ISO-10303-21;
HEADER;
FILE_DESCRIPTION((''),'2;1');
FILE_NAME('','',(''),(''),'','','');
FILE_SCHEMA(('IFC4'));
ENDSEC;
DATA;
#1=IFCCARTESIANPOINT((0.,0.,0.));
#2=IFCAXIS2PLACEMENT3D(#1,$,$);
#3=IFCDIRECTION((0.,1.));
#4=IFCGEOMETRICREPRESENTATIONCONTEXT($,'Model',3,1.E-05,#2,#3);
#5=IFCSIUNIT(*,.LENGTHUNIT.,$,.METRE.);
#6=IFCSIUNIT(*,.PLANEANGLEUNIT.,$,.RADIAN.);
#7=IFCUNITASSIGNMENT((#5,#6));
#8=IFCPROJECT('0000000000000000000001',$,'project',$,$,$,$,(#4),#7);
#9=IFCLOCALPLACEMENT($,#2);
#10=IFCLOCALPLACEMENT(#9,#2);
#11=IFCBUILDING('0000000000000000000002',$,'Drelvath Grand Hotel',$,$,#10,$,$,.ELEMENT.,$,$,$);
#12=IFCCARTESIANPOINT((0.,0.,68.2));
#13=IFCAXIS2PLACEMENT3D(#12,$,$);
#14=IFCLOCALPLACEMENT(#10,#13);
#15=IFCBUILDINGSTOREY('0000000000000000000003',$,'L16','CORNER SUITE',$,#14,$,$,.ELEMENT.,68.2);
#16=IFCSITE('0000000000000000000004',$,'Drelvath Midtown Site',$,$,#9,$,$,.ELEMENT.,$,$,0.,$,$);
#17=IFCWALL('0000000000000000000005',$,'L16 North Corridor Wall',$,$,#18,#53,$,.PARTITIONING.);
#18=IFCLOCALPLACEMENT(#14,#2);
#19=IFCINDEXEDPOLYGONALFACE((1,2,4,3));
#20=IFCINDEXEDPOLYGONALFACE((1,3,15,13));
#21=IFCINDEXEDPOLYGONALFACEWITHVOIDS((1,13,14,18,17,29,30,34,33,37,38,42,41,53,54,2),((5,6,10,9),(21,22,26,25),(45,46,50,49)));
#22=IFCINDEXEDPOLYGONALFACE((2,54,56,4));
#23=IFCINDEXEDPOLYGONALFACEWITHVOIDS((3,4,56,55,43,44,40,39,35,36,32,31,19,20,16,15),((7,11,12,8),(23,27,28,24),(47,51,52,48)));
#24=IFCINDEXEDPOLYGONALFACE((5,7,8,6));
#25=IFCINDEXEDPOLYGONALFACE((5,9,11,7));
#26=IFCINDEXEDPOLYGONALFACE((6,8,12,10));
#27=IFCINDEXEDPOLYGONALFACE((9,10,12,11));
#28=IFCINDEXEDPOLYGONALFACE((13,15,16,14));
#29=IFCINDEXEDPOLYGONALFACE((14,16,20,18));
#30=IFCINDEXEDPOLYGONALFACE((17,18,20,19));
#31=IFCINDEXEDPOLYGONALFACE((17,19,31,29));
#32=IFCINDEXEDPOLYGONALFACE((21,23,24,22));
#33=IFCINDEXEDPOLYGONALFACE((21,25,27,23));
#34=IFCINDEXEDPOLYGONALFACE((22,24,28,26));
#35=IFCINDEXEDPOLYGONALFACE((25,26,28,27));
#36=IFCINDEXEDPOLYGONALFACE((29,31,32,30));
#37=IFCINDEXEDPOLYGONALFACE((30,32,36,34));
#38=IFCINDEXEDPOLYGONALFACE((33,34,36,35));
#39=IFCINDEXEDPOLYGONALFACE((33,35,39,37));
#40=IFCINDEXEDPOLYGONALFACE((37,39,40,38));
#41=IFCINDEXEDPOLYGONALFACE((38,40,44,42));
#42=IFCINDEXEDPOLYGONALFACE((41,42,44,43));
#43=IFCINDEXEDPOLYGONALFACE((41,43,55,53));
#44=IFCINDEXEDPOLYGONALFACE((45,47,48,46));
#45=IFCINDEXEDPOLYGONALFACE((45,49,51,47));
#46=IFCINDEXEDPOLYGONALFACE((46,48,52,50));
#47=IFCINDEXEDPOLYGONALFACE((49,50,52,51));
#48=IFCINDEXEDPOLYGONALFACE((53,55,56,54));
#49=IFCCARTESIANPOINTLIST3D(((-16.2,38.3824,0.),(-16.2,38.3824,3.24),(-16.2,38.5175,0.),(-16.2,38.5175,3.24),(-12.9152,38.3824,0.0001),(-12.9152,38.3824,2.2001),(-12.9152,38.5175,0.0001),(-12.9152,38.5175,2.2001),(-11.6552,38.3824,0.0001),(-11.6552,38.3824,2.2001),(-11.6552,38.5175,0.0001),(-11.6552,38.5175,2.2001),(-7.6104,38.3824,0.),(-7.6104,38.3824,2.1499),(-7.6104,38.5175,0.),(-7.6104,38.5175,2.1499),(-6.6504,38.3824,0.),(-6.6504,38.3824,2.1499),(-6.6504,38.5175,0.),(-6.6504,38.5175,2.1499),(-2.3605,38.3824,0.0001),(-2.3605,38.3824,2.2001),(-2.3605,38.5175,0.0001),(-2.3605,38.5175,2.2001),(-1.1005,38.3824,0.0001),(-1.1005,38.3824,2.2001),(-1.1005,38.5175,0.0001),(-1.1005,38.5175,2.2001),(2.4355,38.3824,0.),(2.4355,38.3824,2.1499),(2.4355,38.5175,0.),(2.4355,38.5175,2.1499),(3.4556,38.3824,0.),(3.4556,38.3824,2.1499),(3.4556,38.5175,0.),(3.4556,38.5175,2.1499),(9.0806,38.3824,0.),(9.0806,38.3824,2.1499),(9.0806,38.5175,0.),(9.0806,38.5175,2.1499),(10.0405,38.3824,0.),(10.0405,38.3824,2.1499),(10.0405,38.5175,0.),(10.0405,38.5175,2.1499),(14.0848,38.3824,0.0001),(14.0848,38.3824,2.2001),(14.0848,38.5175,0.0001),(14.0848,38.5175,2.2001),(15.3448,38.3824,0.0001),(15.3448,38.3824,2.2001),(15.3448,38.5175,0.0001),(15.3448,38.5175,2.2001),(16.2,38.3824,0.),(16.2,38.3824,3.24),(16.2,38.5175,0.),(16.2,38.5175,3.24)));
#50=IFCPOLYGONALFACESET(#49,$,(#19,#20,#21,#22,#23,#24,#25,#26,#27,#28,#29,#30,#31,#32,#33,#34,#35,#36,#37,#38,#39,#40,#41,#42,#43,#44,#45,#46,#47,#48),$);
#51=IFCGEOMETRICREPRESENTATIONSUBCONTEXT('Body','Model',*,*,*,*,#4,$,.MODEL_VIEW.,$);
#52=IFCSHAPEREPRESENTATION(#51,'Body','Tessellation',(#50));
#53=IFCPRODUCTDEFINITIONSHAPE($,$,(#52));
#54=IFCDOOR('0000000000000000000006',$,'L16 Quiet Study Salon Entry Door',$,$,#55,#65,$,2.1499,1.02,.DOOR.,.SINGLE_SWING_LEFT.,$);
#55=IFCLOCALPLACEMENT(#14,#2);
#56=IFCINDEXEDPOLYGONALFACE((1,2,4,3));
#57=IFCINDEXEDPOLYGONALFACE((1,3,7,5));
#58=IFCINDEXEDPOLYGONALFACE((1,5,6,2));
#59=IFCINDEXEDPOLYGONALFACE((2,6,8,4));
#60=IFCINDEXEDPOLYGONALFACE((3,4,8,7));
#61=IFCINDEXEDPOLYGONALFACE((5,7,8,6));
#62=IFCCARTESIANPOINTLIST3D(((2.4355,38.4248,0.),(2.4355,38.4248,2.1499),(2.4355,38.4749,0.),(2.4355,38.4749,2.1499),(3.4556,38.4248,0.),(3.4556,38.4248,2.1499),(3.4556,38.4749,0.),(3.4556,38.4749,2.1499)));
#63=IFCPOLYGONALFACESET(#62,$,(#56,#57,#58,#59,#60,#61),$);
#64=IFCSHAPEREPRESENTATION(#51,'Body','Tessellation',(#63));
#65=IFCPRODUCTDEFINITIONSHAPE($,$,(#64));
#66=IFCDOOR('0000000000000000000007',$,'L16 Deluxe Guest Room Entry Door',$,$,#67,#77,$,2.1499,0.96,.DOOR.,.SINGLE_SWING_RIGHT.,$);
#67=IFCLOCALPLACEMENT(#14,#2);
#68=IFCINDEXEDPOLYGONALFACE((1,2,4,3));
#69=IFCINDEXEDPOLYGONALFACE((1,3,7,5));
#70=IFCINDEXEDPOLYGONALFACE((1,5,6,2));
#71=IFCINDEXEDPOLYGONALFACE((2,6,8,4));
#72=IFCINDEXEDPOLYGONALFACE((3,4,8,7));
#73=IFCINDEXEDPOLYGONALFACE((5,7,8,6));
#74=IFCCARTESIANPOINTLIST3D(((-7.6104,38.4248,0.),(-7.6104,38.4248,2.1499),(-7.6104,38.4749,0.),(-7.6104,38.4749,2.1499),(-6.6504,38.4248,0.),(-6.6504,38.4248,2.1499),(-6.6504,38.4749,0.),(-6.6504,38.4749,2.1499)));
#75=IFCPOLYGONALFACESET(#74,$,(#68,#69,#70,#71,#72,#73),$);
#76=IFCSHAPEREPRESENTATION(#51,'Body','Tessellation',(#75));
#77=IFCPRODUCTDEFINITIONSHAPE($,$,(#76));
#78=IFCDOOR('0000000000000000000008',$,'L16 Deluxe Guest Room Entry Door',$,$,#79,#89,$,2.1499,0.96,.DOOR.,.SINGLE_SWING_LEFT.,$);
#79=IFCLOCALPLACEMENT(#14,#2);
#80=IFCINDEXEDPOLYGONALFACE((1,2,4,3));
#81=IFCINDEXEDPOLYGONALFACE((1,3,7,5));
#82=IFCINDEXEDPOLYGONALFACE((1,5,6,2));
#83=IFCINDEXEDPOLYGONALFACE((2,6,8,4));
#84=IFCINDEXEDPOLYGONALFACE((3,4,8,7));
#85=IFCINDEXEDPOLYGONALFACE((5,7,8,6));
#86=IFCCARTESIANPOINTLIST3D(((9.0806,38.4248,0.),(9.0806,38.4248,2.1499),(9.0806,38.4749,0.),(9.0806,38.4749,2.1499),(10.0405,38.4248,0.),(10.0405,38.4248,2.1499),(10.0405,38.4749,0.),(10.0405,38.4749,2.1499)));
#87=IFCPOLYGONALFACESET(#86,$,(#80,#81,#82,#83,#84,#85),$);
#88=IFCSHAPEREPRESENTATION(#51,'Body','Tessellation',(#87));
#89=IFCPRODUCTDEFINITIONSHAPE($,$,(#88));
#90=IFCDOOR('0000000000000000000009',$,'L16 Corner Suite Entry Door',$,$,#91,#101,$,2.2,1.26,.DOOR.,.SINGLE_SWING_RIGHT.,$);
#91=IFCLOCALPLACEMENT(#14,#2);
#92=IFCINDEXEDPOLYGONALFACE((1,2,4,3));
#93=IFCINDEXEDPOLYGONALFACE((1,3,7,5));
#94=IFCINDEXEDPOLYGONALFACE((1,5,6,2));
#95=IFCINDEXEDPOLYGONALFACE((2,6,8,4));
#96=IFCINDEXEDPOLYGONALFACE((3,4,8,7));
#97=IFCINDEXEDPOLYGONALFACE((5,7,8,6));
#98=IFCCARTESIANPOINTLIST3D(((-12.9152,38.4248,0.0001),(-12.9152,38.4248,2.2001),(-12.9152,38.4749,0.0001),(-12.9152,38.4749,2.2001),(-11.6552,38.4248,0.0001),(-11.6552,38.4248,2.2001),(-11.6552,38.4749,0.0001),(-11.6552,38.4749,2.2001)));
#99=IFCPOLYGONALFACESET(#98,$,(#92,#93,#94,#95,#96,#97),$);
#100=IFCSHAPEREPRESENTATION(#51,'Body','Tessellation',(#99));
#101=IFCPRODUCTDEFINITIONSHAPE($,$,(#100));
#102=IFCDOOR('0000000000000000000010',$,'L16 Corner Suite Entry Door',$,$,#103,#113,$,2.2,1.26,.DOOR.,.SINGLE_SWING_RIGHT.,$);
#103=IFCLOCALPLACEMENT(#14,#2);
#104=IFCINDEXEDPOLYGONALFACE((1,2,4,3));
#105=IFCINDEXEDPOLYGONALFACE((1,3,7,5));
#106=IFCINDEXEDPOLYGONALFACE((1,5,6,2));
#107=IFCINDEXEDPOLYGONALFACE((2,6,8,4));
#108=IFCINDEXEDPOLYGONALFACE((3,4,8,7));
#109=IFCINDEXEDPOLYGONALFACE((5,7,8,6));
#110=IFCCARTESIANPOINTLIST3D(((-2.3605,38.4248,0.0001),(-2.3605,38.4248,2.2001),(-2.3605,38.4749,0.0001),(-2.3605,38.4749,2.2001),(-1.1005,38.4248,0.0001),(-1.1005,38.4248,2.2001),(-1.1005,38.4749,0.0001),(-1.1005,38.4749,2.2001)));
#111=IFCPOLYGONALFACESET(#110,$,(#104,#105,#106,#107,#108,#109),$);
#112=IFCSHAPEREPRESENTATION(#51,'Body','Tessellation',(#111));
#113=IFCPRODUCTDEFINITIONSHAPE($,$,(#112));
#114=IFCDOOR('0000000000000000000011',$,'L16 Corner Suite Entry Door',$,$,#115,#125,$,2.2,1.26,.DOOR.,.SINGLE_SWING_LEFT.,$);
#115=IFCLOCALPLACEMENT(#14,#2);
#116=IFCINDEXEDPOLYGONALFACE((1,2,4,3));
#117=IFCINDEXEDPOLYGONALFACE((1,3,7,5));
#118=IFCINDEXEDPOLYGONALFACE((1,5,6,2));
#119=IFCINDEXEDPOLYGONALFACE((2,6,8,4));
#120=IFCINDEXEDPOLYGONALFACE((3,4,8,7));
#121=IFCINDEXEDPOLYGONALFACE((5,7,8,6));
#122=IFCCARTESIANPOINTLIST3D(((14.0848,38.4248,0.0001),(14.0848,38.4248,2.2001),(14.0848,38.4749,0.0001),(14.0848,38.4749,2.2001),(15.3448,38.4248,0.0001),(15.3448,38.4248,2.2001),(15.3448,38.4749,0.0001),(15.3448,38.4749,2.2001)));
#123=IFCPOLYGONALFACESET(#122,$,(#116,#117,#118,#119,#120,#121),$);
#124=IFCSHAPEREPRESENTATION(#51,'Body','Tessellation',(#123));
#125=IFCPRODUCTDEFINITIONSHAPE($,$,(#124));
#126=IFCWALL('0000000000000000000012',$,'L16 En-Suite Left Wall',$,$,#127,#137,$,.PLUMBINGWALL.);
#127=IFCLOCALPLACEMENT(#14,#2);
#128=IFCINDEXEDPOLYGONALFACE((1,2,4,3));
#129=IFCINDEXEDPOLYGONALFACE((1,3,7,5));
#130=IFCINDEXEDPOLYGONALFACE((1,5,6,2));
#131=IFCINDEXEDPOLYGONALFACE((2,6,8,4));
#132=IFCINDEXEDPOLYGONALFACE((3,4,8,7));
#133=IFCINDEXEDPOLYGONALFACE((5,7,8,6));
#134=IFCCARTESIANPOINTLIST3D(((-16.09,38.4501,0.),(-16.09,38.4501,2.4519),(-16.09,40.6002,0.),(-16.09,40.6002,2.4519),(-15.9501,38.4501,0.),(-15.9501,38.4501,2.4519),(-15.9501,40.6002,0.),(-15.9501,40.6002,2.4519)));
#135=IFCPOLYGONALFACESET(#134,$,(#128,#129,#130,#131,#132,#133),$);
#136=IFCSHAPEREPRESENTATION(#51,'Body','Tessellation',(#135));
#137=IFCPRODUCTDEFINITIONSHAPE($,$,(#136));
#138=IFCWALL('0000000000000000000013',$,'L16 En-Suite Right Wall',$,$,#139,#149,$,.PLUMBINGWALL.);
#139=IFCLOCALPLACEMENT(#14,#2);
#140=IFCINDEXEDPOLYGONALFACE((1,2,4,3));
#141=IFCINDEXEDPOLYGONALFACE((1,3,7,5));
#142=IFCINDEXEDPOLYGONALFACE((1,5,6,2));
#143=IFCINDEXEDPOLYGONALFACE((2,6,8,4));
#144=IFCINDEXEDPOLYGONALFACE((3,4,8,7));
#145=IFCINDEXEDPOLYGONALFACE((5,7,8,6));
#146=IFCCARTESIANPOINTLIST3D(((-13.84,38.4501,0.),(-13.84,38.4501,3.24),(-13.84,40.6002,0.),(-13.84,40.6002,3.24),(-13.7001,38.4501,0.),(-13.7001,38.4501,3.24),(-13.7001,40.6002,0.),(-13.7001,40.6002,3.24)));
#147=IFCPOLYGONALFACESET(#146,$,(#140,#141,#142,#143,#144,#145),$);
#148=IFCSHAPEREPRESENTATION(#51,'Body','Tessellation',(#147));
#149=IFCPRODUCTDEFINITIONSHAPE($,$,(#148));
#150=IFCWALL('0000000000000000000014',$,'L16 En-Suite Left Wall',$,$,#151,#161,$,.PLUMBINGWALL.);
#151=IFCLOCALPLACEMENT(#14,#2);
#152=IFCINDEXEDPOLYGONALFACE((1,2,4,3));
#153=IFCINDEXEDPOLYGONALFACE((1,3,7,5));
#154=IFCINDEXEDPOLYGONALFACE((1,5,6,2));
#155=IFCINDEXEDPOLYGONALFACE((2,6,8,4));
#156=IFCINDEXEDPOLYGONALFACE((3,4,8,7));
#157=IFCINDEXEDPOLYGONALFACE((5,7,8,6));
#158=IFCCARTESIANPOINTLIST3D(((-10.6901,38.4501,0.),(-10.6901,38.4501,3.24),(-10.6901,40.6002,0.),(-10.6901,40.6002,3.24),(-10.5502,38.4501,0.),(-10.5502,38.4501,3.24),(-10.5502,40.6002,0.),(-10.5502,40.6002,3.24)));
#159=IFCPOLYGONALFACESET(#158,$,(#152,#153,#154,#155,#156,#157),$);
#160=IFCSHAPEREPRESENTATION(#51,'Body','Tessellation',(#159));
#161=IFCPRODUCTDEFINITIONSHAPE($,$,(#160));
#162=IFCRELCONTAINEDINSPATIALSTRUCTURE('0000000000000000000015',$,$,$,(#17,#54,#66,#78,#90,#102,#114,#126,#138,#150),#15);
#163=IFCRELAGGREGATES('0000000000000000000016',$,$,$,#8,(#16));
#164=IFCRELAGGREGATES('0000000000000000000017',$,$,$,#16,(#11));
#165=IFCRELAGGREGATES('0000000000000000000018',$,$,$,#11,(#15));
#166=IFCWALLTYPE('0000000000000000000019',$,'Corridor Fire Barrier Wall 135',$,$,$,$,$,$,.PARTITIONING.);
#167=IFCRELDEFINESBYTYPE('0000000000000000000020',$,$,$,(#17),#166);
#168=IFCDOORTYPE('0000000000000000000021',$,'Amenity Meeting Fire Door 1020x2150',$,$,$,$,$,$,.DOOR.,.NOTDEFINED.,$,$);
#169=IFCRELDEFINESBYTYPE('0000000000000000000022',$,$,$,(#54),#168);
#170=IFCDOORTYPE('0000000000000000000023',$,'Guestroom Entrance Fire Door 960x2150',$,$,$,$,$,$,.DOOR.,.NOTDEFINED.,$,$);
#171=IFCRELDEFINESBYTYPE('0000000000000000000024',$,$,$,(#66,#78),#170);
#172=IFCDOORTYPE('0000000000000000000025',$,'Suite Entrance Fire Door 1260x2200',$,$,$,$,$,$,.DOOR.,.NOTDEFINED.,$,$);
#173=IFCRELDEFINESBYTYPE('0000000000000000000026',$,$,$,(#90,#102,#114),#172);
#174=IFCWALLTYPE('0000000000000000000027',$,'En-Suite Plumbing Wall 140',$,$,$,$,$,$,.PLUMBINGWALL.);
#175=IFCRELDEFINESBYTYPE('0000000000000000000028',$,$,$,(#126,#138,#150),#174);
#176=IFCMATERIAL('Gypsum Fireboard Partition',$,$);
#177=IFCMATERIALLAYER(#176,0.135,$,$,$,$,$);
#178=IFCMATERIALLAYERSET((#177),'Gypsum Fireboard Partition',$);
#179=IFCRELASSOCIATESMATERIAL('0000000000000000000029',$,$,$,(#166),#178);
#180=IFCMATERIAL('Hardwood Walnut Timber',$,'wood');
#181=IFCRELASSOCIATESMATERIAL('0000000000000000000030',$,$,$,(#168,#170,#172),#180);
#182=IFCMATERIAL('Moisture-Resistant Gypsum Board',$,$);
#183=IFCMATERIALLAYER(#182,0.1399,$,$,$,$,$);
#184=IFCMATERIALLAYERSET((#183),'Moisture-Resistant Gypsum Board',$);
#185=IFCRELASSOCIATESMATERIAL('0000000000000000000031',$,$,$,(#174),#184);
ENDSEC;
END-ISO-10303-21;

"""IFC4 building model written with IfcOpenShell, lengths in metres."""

from ifc_helpers import new_model, si_unit, direction, frame, frame_2d, origin, place, context, subcontext, project, spatial, rectangle, extrude, material, layer, layer_set, type_object, element, fill, save


model = new_model("IFC4")

# Units and contexts
model_context = context("Model", 3, precision=1e-05, world=origin(), true_north=direction((0.0, 1.0)))
body_context = subcontext(model_context, "Body", "Model", "MODEL_VIEW")
ifc_project = project(units=[si_unit("LENGTHUNIT", "METRE"), si_unit("PLANEANGLEUNIT", "RADIAN")], contexts=[model_context])

# Site, building, storey
site_placement = place(None, origin())
site = spatial("IfcSite", under=ifc_project, at=site_placement, Name="Drelvath Midtown Site", CompositionType="ELEMENT", RefElevation=0.0)
building_placement = place(site_placement, origin())
building = spatial("IfcBuilding", under=site, at=building_placement, Name="Drelvath Grand Hotel", CompositionType="ELEMENT")
storey_placement = place(building_placement, frame((0.0, 0.0, 68.2)))
storey = spatial("IfcBuildingStorey", under=building, at=storey_placement, Name="L16", Description="CORNER SUITE", CompositionType="ELEMENT", Elevation=68.2)

# Wall, openings, doors
ifc_material_1 = material(Name="Gypsum Fireboard Partition")
ifc_layer_1 = layer(ifc_material_1, 0.135)
ifc_layer_set_1 = layer_set([ifc_layer_1], Name="Gypsum Fireboard Partition")
wall_type_1 = type_object("IfcWallType", Name="Corridor Fire Barrier Wall 135", PredefinedType="PARTITIONING", material=ifc_layer_set_1)
wall_1_placement = place(storey_placement, frame((-16.2, 38.45, 0.0), z_axis=(0.0, 0.0, 1.0), x_axis=(1.0, 0.0, 0.0)))
wall_1 = element("IfcWall", 1, at=wall_1_placement, inside=storey, type_object=wall_type_1, Name="L16 North Corridor Wall", PredefinedType="PARTITIONING", context=body_context, shape_type="SweptSolid", body=[
    extrude(rectangle(XDim=32.3999, YDim=0.135, at=frame_2d((16.2, 0.0))), origin(), (0.0, 0.0, 1.0), 3.24),
])
opening_1_placement = place(wall_1_placement, frame((3.2849, 0.0, 0.0)))
opening_1 = element("IfcOpeningElement", 2, at=opening_1_placement, cuts=wall_1, PredefinedType="OPENING", context=body_context, shape_type="SweptSolid", body=[
    extrude(rectangle(XDim=1.26, YDim=2.2, at=frame_2d((0.6299, 1.1001))), frame((0.0, 0.0774, 0.0), z_axis=(0.0, -1.0, 0.0), x_axis=(1.0, 0.0, 0.0)), (0.0, 0.0, 1.0), 0.155),
])
opening_2_placement = place(wall_1_placement, frame((8.5896, 0.0, 0.0)))
opening_2 = element("IfcOpeningElement", 3, at=opening_2_placement, cuts=wall_1, PredefinedType="OPENING", context=body_context, shape_type="SweptSolid", body=[
    extrude(rectangle(XDim=0.96, YDim=2.1499, at=frame_2d((0.48, 1.075))), frame((0.0, 0.0774, 0.0), z_axis=(0.0, -1.0, 0.0), x_axis=(1.0, 0.0, 0.0)), (0.0, 0.0, 1.0), 0.155),
])
opening_3_placement = place(wall_1_placement, frame((13.8396, 0.0, 0.0)))
opening_3 = element("IfcOpeningElement", 4, at=opening_3_placement, cuts=wall_1, PredefinedType="OPENING", context=body_context, shape_type="SweptSolid", body=[
    extrude(rectangle(XDim=1.26, YDim=2.2, at=frame_2d((0.6299, 1.1001))), frame((0.0, 0.0774, 0.0), z_axis=(0.0, -1.0, 0.0), x_axis=(1.0, 0.0, 0.0)), (0.0, 0.0, 1.0), 0.155),
])
opening_4_placement = place(wall_1_placement, frame((18.6355, 0.0, 0.0)))
opening_4 = element("IfcOpeningElement", 5, at=opening_4_placement, cuts=wall_1, PredefinedType="OPENING", context=body_context, shape_type="SweptSolid", body=[
    extrude(rectangle(XDim=1.02, YDim=2.1499, at=frame_2d((0.51, 1.075))), frame((0.0, 0.0774, 0.0), z_axis=(0.0, -1.0, 0.0), x_axis=(1.0, 0.0, 0.0)), (0.0, 0.0, 1.0), 0.155),
])
opening_5_placement = place(wall_1_placement, frame((25.2805, 0.0, 0.0)))
opening_5 = element("IfcOpeningElement", 6, at=opening_5_placement, cuts=wall_1, PredefinedType="OPENING", context=body_context, shape_type="SweptSolid", body=[
    extrude(rectangle(XDim=0.96, YDim=2.1499, at=frame_2d((0.48, 1.075))), frame((0.0, 0.0774, 0.0), z_axis=(0.0, -1.0, 0.0), x_axis=(1.0, 0.0, 0.0)), (0.0, 0.0, 1.0), 0.155),
])
opening_6_placement = place(wall_1_placement, frame((30.2849, 0.0, 0.0)))
opening_6 = element("IfcOpeningElement", 7, at=opening_6_placement, cuts=wall_1, PredefinedType="OPENING", context=body_context, shape_type="SweptSolid", body=[
    extrude(rectangle(XDim=1.26, YDim=2.2, at=frame_2d((0.6299, 1.1001))), frame((0.0, 0.0774, 0.0), z_axis=(0.0, -1.0, 0.0), x_axis=(1.0, 0.0, 0.0)), (0.0, 0.0, 1.0), 0.155),
])
ifc_material_2 = material(Name="Hardwood Walnut Timber", Category="wood")
door_type_1 = type_object("IfcDoorType", Name="Amenity Meeting Fire Door 1020x2150", OperationType="NOTDEFINED", PredefinedType="DOOR", material=ifc_material_2)
door_1_placement = place(opening_4_placement, origin())
door_1 = element("IfcDoor", 8, at=door_1_placement, inside=storey, type_object=door_type_1, Name="L16 Quiet Study Salon Entry Door", OperationType="SINGLE_SWING_LEFT", OverallHeight=2.1499, OverallWidth=1.02, PredefinedType="DOOR", context=body_context, shape_type="SweptSolid", body=[
    extrude(rectangle(XDim=1.02, YDim=2.1499, at=frame_2d((0.51, 1.075))), frame((0.0, 0.0249, 0.0), z_axis=(0.0, -1.0, 0.0), x_axis=(1.0, 0.0, 0.0)), (0.0, 0.0, 1.0), 0.05),
])
fill(opening_4, door_1)
door_type_2 = type_object("IfcDoorType", Name="Guestroom Entrance Fire Door 960x2150", OperationType="NOTDEFINED", PredefinedType="DOOR", material=ifc_material_2)
door_2_placement = place(opening_2_placement, origin())
door_2 = element("IfcDoor", 9, at=door_2_placement, inside=storey, type_object=door_type_2, Name="L16 Deluxe Guest Room Entry Door", OperationType="SINGLE_SWING_RIGHT", OverallHeight=2.1499, OverallWidth=0.96, PredefinedType="DOOR", context=body_context, shape_type="SweptSolid", body=[
    extrude(rectangle(XDim=0.96, YDim=2.1499, at=frame_2d((0.48, 1.075))), frame((0.0, 0.0249, 0.0), z_axis=(0.0, -1.0, 0.0), x_axis=(1.0, 0.0, 0.0)), (0.0, 0.0, 1.0), 0.05),
])
fill(opening_2, door_2)
door_3_placement = place(opening_5_placement, origin())
door_3 = element("IfcDoor", 10, at=door_3_placement, inside=storey, type_object=door_type_2, Name="L16 Deluxe Guest Room Entry Door", OperationType="SINGLE_SWING_LEFT", OverallHeight=2.1499, OverallWidth=0.96, PredefinedType="DOOR", context=body_context, shape_type="SweptSolid", body=[
    extrude(rectangle(XDim=0.96, YDim=2.1499, at=frame_2d((0.48, 1.075))), frame((0.0, 0.0249, 0.0), z_axis=(0.0, -1.0, 0.0), x_axis=(1.0, 0.0, 0.0)), (0.0, 0.0, 1.0), 0.05),
])
fill(opening_5, door_3)
door_type_3 = type_object("IfcDoorType", Name="Suite Entrance Fire Door 1260x2200", OperationType="NOTDEFINED", PredefinedType="DOOR", material=ifc_material_2)
door_4_placement = place(opening_1_placement, origin())
door_4 = element("IfcDoor", 11, at=door_4_placement, inside=storey, type_object=door_type_3, Name="L16 Corner Suite Entry Door", OperationType="SINGLE_SWING_RIGHT", OverallHeight=2.2, OverallWidth=1.26, PredefinedType="DOOR", context=body_context, shape_type="SweptSolid", body=[
    extrude(rectangle(XDim=1.26, YDim=2.2, at=frame_2d((0.6299, 1.1001))), frame((0.0, 0.0249, 0.0), z_axis=(0.0, -1.0, 0.0), x_axis=(1.0, 0.0, 0.0)), (0.0, 0.0, 1.0), 0.05),
])
fill(opening_1, door_4)
door_5_placement = place(opening_3_placement, origin())
door_5 = element("IfcDoor", 12, at=door_5_placement, inside=storey, type_object=door_type_3, Name="L16 Corner Suite Entry Door", OperationType="SINGLE_SWING_RIGHT", OverallHeight=2.2, OverallWidth=1.26, PredefinedType="DOOR", context=body_context, shape_type="SweptSolid", body=[
    extrude(rectangle(XDim=1.26, YDim=2.2, at=frame_2d((0.6299, 1.1001))), frame((0.0, 0.0249, 0.0), z_axis=(0.0, -1.0, 0.0), x_axis=(1.0, 0.0, 0.0)), (0.0, 0.0, 1.0), 0.05),
])
fill(opening_3, door_5)
door_6_placement = place(opening_6_placement, origin())
door_6 = element("IfcDoor", 13, at=door_6_placement, inside=storey, type_object=door_type_3, Name="L16 Corner Suite Entry Door", OperationType="SINGLE_SWING_LEFT", OverallHeight=2.2, OverallWidth=1.26, PredefinedType="DOOR", context=body_context, shape_type="SweptSolid", body=[
    extrude(rectangle(XDim=1.26, YDim=2.2, at=frame_2d((0.6299, 1.1001))), frame((0.0, 0.0249, 0.0), z_axis=(0.0, -1.0, 0.0), x_axis=(1.0, 0.0, 0.0)), (0.0, 0.0, 1.0), 0.05),
])
fill(opening_6, door_6)

# Walls
ifc_material_3 = material(Name="Moisture-Resistant Gypsum Board")
ifc_layer_2 = layer(ifc_material_3, 0.1399)
ifc_layer_set_2 = layer_set([ifc_layer_2], Name="Moisture-Resistant Gypsum Board")
wall_type_2 = type_object("IfcWallType", Name="En-Suite Plumbing Wall 140", PredefinedType="PLUMBINGWALL", material=ifc_layer_set_2)
wall_2_placement = place(storey_placement, frame((-16.02, 38.45, 0.0), z_axis=(0.0, 0.0, 1.0), x_axis=(0.0, 1.0, 0.0)))
element("IfcWall", 14, at=wall_2_placement, inside=storey, type_object=wall_type_2, Name="L16 En-Suite Left Wall", PredefinedType="PLUMBINGWALL", context=body_context, shape_type="SweptSolid", body=[
    extrude(rectangle(XDim=2.1501, YDim=0.1399, at=frame_2d((1.0752, 0.0))), origin(), (0.0, 0.0, 1.0), 2.4519),
])
for number, where, z_axis, x_axis, name in (
    (15, (-13.77, 38.45, 0.0), (0.0, 0.0, 1.0), (0.0, 1.0, 0.0), "L16 En-Suite Right Wall"),
    (16, (-10.6201, 38.45, 0.0), (0.0, 0.0, 1.0), (0.0, 1.0, 0.0), "L16 En-Suite Left Wall"),
):
    element("IfcWall", number, at=place(storey_placement, frame(where, z_axis=z_axis, x_axis=x_axis)), inside=storey, type_object=wall_type_2, Name=name, PredefinedType="PLUMBINGWALL", context=body_context, shape_type="SweptSolid", body=[
        extrude(rectangle(XDim=2.1501, YDim=0.1399, at=frame_2d((1.0752, 0.0))), origin(), (0.0, 0.0, 1.0), 3.24),
    ])

save(model, "model.ifc")
